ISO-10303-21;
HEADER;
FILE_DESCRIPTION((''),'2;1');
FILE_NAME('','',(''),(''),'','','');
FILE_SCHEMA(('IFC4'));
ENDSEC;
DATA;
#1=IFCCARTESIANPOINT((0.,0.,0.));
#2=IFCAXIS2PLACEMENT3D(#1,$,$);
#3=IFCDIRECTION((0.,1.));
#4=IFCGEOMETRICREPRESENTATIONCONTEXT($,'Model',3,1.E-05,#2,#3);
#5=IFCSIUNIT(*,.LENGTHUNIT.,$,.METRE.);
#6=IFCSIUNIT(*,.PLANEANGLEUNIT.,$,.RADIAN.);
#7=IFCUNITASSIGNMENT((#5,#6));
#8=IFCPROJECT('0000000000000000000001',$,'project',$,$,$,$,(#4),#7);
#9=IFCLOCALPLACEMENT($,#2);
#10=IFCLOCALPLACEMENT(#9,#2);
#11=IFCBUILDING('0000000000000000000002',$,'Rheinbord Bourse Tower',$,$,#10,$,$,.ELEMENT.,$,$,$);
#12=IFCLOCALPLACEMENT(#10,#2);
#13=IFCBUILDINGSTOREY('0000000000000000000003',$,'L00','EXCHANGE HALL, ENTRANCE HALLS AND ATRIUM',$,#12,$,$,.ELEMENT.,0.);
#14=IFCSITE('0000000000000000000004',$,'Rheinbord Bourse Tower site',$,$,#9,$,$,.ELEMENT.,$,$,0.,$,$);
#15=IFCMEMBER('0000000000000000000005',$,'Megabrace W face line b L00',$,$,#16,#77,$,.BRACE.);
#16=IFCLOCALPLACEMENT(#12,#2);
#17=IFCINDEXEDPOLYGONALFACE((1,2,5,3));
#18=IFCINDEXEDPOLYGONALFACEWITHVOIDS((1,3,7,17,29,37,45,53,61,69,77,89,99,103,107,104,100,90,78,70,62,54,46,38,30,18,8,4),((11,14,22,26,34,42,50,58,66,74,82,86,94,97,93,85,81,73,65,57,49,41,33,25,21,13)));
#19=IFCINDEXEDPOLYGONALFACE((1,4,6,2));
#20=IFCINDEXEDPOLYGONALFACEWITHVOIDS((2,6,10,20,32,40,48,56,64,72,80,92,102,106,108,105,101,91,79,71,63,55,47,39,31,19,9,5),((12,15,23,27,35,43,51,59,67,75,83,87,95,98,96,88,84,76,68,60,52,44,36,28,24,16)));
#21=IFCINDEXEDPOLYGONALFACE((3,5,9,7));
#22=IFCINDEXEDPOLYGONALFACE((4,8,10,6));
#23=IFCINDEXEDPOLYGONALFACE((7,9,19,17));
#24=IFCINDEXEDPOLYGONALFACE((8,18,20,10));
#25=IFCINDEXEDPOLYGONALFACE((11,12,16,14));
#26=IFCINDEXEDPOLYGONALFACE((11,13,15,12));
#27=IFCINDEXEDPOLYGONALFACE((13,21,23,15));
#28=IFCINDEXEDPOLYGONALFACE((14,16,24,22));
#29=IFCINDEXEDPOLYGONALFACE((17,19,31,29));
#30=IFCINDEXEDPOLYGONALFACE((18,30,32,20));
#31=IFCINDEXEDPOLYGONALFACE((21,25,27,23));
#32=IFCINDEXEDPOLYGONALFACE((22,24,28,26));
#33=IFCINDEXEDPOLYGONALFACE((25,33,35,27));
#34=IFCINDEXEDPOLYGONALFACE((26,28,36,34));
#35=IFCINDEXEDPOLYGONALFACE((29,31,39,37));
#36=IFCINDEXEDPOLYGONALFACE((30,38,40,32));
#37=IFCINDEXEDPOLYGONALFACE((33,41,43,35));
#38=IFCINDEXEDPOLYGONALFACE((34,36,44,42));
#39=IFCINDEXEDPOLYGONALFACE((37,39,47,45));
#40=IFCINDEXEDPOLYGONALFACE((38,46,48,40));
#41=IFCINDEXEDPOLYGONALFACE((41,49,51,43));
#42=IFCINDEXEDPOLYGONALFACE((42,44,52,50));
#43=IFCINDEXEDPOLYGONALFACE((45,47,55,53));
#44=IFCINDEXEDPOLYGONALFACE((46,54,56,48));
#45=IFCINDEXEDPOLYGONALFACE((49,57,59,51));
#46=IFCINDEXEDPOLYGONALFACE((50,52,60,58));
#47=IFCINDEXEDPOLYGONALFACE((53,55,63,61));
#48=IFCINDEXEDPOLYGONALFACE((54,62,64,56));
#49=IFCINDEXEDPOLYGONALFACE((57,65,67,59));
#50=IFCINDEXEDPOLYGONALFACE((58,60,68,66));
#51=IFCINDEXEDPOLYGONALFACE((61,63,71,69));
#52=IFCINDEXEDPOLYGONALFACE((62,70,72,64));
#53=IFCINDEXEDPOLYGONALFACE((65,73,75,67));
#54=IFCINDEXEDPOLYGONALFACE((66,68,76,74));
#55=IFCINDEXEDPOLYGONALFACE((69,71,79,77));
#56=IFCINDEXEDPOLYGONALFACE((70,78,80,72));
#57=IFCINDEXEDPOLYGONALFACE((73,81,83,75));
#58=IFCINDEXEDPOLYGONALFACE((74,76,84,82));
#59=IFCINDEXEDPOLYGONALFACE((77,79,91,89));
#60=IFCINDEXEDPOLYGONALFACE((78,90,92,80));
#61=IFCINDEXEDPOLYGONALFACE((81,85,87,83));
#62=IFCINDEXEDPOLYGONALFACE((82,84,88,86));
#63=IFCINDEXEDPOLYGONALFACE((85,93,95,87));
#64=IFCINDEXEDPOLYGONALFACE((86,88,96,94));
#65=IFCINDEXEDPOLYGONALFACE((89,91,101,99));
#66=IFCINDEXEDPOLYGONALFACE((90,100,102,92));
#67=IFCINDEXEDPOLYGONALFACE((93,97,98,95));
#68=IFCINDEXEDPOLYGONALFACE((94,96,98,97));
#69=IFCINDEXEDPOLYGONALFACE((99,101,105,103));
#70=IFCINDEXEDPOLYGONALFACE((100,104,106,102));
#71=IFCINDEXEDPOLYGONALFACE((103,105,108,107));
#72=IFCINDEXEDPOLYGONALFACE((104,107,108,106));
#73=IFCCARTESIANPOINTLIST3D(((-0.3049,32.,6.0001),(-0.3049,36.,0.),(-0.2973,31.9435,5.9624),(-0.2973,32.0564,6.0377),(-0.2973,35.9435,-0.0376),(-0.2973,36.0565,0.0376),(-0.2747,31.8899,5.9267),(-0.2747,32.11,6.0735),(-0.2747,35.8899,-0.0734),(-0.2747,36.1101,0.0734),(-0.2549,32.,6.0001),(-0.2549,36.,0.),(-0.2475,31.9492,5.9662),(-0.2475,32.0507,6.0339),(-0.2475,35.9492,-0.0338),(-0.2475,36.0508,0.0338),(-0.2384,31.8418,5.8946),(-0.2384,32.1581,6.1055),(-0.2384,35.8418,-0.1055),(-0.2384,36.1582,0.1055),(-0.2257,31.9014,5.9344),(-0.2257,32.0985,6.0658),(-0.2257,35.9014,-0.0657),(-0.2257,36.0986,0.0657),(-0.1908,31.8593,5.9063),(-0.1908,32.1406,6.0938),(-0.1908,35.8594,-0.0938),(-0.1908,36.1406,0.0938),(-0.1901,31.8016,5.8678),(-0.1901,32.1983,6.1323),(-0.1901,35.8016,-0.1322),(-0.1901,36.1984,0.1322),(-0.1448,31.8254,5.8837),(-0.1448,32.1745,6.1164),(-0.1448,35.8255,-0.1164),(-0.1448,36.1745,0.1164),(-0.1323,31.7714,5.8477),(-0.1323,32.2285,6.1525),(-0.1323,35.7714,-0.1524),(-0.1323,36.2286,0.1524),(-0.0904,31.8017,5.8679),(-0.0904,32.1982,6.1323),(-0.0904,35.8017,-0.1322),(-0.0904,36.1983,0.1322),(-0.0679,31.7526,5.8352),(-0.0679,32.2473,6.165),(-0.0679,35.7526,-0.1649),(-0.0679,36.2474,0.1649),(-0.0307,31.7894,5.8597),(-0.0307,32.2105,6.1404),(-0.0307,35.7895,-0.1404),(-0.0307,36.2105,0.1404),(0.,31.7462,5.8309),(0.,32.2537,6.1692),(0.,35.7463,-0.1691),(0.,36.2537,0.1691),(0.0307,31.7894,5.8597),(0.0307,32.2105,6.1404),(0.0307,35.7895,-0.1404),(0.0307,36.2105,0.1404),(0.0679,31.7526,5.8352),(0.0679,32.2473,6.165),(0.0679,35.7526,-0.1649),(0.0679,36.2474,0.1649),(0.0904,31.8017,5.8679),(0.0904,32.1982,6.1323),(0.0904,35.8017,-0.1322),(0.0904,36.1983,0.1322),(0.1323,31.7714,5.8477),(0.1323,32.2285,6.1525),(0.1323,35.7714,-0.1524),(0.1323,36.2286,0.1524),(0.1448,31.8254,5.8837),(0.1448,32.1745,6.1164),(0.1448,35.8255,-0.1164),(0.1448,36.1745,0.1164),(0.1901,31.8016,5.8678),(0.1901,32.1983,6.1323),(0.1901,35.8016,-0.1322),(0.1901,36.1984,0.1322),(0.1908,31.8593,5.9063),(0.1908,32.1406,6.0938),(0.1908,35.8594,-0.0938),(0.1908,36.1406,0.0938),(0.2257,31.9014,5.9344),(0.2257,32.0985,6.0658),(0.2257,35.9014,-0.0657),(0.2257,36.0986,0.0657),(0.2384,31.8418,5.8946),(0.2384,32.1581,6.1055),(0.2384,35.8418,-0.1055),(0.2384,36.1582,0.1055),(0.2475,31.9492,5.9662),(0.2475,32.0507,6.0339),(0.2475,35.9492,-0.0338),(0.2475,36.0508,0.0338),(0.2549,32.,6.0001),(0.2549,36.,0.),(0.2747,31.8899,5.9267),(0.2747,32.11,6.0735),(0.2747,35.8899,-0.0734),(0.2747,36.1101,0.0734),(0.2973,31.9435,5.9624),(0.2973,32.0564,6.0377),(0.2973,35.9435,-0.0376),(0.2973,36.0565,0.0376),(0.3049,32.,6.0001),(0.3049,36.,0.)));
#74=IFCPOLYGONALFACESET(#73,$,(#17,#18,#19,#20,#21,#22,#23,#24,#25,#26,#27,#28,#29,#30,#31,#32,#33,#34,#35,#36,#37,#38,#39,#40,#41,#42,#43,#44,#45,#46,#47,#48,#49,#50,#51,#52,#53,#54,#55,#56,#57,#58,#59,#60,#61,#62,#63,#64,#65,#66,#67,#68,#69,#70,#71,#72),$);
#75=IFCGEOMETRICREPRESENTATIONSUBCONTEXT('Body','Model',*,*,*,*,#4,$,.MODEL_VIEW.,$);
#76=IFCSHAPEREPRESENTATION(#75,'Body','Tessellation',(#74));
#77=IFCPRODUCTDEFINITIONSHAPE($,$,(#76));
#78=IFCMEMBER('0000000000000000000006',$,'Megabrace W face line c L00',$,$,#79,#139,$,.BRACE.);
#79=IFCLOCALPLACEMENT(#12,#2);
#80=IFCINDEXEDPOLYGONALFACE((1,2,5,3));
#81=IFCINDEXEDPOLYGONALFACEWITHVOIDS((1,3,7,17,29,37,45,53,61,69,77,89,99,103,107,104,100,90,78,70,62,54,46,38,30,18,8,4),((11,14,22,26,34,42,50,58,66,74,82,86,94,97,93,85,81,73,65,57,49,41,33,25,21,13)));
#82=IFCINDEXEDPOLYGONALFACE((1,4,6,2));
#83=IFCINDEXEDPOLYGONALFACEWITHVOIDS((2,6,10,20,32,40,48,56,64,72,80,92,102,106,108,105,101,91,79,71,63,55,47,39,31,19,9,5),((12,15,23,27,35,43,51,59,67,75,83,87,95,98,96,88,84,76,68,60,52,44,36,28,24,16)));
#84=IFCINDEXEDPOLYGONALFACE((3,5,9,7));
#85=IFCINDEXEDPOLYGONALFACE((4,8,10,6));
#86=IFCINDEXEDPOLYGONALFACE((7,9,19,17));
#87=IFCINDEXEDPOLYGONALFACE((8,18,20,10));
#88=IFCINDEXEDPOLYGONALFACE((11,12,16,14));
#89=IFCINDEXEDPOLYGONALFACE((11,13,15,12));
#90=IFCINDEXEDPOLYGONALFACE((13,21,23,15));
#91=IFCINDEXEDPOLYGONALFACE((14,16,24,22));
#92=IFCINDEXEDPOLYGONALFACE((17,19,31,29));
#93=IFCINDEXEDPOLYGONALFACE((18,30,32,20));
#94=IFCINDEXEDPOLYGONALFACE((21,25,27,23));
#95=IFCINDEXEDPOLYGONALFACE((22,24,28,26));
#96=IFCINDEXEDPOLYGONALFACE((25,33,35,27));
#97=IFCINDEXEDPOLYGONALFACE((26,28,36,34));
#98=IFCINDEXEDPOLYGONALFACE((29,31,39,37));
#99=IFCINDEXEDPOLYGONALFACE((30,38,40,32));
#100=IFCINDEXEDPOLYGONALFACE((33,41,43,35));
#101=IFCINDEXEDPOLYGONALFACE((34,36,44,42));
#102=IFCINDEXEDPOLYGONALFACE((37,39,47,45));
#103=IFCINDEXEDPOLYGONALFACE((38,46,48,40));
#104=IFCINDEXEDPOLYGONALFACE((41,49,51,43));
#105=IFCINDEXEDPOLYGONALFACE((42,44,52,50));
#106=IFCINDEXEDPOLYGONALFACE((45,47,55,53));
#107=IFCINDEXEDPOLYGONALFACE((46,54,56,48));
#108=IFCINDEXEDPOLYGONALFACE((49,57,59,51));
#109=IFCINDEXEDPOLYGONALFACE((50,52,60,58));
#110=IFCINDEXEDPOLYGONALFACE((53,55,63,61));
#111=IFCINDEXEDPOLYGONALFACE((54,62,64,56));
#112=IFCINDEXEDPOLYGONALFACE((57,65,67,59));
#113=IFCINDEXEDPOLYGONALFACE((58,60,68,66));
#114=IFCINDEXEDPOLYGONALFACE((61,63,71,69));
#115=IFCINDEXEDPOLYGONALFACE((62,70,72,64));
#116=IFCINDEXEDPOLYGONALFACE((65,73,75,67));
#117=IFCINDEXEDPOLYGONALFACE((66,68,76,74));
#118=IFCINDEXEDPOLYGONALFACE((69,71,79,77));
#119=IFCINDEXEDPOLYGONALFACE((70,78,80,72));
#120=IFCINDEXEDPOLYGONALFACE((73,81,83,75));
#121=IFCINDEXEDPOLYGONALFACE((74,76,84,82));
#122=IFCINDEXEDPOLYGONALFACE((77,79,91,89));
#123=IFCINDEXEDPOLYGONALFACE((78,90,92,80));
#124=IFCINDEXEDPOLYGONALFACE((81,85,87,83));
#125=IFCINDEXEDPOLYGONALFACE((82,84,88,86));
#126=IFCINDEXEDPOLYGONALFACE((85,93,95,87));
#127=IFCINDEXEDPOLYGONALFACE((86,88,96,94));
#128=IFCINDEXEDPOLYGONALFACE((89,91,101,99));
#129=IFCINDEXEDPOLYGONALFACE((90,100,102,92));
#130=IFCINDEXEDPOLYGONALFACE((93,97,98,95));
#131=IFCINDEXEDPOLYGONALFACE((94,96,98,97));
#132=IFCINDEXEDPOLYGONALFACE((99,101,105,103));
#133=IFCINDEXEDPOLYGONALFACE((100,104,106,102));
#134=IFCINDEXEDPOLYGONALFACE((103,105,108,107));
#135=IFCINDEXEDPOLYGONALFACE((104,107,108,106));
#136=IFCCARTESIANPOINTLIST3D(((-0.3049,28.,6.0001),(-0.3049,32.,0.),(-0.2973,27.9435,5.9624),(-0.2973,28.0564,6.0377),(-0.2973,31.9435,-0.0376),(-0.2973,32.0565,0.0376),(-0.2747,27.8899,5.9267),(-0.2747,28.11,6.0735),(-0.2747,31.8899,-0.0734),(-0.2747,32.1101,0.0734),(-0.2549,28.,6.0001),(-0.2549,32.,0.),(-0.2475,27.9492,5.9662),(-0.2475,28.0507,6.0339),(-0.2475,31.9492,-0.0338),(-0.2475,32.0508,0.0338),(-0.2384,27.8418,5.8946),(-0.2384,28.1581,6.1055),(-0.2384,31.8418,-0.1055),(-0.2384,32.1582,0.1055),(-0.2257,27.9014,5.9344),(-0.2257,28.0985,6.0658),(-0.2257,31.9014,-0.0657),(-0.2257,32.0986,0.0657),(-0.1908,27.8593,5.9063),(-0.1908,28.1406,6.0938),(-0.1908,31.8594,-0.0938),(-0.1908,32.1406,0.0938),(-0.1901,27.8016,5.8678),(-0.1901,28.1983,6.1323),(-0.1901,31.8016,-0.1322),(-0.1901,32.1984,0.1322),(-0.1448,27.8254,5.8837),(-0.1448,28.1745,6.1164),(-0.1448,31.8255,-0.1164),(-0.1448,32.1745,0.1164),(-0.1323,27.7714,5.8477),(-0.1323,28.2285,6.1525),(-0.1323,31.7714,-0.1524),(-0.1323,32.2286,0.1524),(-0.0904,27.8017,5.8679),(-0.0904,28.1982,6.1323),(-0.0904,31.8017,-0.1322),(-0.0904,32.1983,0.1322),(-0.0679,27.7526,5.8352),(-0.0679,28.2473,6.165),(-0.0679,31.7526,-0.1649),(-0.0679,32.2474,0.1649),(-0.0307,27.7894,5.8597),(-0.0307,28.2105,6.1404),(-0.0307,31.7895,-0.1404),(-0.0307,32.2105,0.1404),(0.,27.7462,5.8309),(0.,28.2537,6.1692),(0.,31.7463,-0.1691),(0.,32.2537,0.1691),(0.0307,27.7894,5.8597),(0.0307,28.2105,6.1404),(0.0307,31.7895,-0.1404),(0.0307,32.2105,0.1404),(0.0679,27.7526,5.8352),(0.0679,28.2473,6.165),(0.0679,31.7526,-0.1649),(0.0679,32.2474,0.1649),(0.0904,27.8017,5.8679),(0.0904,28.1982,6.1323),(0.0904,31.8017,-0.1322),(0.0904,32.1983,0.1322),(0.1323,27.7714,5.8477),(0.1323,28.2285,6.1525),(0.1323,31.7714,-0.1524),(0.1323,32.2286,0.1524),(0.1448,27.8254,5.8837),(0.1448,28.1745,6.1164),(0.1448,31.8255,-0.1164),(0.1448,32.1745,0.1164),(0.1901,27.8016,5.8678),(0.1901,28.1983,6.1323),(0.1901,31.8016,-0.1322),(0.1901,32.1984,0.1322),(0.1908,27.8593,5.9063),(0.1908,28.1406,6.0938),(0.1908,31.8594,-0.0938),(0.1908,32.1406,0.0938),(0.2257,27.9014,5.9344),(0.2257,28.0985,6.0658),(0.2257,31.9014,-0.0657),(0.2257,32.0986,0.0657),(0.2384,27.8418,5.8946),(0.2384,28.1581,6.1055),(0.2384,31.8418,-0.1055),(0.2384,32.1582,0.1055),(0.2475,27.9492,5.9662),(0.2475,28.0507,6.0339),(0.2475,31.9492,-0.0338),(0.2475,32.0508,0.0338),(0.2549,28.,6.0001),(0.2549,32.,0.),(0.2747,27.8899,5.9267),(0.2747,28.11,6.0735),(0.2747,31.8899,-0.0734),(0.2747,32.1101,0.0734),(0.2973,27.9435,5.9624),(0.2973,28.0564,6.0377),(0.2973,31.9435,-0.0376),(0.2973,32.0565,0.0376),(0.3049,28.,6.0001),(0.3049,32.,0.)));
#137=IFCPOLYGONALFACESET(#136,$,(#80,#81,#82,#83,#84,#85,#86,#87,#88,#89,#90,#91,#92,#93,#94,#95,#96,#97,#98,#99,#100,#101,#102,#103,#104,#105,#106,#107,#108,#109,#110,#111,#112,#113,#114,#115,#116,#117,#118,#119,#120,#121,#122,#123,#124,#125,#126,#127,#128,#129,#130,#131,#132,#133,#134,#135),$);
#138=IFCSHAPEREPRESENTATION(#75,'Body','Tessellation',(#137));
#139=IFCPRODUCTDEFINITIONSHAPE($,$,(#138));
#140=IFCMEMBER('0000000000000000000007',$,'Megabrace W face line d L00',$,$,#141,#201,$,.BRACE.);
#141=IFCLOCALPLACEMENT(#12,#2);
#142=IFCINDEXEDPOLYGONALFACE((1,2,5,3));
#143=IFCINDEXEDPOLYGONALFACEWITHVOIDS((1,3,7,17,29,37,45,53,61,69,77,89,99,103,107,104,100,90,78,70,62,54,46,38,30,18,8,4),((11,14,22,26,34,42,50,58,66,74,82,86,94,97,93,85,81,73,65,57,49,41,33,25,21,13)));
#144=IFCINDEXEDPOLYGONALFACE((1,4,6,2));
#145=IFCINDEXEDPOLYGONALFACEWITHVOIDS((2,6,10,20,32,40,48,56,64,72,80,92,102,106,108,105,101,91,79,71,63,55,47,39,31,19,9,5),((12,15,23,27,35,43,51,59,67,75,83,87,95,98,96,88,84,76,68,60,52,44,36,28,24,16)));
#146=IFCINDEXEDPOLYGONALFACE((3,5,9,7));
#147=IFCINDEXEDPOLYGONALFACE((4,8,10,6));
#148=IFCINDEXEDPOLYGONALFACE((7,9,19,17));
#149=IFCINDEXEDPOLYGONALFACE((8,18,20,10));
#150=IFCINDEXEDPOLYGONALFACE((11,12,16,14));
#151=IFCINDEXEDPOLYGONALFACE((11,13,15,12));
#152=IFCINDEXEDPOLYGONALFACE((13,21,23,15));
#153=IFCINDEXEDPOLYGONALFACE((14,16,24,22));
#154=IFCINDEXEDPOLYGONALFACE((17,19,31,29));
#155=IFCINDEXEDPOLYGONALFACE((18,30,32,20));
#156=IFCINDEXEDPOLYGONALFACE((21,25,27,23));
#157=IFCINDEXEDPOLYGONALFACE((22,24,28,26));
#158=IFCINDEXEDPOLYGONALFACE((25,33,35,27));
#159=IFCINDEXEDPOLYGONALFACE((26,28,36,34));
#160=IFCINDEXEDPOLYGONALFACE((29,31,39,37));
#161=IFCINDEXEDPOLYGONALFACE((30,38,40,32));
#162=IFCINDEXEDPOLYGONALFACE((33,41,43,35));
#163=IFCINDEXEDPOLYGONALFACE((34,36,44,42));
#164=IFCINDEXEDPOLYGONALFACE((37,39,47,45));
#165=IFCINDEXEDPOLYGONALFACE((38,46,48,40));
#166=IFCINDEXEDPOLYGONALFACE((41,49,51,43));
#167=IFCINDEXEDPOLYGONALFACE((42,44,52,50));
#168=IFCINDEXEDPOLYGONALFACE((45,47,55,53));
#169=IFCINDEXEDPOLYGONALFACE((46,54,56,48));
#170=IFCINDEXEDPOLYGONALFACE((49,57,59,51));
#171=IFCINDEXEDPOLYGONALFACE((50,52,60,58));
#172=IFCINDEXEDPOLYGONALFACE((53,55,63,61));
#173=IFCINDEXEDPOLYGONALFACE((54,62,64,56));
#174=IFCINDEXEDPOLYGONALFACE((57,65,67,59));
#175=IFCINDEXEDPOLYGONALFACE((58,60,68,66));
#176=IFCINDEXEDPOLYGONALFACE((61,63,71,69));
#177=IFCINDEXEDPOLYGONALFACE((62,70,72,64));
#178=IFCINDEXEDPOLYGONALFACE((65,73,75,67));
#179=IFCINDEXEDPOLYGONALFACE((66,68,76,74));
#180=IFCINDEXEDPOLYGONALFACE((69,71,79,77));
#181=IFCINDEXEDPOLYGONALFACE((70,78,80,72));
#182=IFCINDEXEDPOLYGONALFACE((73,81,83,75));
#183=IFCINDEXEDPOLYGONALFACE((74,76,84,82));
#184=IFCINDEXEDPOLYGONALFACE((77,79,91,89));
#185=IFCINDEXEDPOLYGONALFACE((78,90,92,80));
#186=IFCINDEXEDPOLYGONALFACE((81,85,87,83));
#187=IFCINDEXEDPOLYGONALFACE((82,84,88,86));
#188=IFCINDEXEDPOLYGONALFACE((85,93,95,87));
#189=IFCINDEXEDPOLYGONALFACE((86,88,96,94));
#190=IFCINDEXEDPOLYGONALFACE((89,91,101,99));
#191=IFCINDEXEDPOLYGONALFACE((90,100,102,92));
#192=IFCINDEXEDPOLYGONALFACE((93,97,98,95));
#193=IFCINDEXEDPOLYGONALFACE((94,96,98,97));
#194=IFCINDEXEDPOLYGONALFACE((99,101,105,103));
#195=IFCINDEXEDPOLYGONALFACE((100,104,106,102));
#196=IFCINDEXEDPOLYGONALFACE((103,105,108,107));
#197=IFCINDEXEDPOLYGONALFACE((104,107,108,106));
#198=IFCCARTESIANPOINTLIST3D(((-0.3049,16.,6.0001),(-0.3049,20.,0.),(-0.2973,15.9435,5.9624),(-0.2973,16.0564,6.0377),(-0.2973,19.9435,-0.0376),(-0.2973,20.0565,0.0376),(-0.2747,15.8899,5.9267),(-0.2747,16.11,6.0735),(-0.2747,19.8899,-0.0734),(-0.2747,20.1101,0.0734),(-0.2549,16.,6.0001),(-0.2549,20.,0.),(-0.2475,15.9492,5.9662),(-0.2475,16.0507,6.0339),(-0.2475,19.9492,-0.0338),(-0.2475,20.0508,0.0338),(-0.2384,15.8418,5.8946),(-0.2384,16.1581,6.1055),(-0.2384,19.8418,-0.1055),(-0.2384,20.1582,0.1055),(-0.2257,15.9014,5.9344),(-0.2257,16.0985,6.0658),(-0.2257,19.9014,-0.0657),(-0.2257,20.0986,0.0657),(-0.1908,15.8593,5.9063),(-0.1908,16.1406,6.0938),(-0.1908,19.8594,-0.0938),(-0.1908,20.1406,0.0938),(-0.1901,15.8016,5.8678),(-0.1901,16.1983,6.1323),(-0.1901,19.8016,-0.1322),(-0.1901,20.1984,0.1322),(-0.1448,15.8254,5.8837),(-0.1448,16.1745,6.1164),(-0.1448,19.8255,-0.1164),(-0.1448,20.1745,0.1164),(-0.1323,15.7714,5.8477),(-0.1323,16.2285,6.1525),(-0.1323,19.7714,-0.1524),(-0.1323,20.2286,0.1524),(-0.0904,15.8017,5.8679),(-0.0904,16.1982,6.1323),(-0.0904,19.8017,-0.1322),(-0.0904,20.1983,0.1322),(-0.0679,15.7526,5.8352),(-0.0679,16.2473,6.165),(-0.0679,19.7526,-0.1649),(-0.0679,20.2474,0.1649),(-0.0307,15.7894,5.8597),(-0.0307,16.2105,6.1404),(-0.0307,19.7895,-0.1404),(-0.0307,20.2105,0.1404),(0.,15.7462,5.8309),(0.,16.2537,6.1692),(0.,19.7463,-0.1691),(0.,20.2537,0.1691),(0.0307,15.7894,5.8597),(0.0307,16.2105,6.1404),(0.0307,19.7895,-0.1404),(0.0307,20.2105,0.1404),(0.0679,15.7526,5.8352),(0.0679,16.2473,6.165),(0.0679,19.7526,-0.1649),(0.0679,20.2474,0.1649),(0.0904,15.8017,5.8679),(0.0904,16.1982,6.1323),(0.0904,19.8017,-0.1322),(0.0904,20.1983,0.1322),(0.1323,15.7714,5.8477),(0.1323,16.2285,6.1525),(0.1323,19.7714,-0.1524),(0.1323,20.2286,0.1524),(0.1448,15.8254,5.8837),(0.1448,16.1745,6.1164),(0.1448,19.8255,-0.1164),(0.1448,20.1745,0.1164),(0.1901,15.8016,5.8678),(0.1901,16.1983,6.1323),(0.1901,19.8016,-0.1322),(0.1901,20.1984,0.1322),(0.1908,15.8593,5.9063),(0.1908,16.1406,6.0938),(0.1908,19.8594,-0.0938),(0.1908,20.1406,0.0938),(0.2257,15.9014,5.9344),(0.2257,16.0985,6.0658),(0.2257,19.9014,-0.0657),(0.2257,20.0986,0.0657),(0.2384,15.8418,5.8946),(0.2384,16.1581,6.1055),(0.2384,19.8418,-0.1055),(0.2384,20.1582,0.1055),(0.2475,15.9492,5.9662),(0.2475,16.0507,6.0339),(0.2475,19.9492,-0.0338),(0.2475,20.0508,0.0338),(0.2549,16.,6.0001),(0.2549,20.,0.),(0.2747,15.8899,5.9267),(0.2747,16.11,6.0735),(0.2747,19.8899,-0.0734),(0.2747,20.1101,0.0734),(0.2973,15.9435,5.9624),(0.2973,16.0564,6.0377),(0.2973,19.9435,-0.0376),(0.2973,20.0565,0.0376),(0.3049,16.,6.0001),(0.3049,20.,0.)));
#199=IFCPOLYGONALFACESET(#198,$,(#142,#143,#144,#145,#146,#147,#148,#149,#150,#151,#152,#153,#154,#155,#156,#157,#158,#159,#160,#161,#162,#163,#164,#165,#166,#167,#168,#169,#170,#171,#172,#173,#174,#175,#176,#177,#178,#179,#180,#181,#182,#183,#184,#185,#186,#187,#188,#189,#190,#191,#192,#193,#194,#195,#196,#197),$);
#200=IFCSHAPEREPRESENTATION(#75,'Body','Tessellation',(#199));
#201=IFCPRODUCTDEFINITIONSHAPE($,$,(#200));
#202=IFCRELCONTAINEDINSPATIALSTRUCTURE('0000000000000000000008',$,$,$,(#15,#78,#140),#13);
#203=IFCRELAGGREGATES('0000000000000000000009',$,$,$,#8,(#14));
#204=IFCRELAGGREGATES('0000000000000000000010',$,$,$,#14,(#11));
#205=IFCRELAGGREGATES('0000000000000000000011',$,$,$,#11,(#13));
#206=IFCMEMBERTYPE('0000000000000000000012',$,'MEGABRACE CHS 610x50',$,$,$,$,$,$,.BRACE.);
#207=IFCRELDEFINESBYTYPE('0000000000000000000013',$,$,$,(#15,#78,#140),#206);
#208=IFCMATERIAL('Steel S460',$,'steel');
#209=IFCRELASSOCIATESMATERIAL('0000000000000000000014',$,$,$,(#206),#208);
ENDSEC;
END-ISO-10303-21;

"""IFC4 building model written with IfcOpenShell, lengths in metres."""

from ifc_helpers import new_model, si_unit, direction, frame, origin, origin_2d, place, context, subcontext, project, spatial, hollow_circle, extrude, material, material_profile, profile_set, type_object, element, save


model = new_model("IFC4")

# Units and contexts
model_context = context("Model", 3, precision=1e-05, world=origin(), true_north=direction((0.0, 1.0)))
body_context = subcontext(model_context, "Body", "Model", "MODEL_VIEW")
ifc_project = project(units=[si_unit("LENGTHUNIT", "METRE"), si_unit("PLANEANGLEUNIT", "RADIAN")], contexts=[model_context])

# Site, building, storey
site_placement = place(None, origin())
site = spatial("IfcSite", under=ifc_project, at=site_placement, Name="Rheinbord Bourse Tower site", CompositionType="ELEMENT", RefElevation=0.0)
building_placement = place(site_placement, origin())
building = spatial("IfcBuilding", under=site, at=building_placement, Name="Rheinbord Bourse Tower", CompositionType="ELEMENT")
storey_placement = place(building_placement, origin())
storey = spatial("IfcBuildingStorey", under=building, at=storey_placement, Name="L00", Description="EXCHANGE HALL, ENTRANCE HALLS AND ATRIUM", CompositionType="ELEMENT", Elevation=0.0)

# Members
ifc_material_1 = material(Name="Steel S460", Category="steel")
ifc_material_profile_1 = material_profile(ifc_material_1, hollow_circle(Radius=0.3049, WallThickness=0.05, at=origin_2d()), Name="CHS 610x50")
ifc_profile_set_1 = profile_set([ifc_material_profile_1], Name="Steel S460")
member_type = type_object("IfcMemberType", Name="MEGABRACE CHS 610x50", PredefinedType="BRACE", material=ifc_profile_set_1)
for number, where, z_axis, x_axis, name in (
    (1, (0.0, 36.0, 0.0), (0.0, -0.5547, 0.83205), (1.0, 0.0, 0.0), "Megabrace W face line b L00"),
    (2, (0.0, 32.0, 0.0), (0.0, -0.5547, 0.83205), (1.0, 0.0, 0.0), "Megabrace W face line c L00"),
    (3, (0.0, 20.0, 0.0), (0.0, -0.5547, 0.83205), (1.0, 0.0, 0.0), "Megabrace W face line d L00"),
):
    element("IfcMember", number, at=place(storey_placement, frame(where, z_axis=z_axis, x_axis=x_axis)), inside=storey, type_object=member_type, Name=name, PredefinedType="BRACE", context=body_context, shape_type="SweptSolid", body=[
        extrude(hollow_circle(Radius=0.3049, WallThickness=0.05, at=origin_2d()), origin(), (0.0, 0.0, 1.0), 7.2112),
    ])

save(model, "model.ifc")
